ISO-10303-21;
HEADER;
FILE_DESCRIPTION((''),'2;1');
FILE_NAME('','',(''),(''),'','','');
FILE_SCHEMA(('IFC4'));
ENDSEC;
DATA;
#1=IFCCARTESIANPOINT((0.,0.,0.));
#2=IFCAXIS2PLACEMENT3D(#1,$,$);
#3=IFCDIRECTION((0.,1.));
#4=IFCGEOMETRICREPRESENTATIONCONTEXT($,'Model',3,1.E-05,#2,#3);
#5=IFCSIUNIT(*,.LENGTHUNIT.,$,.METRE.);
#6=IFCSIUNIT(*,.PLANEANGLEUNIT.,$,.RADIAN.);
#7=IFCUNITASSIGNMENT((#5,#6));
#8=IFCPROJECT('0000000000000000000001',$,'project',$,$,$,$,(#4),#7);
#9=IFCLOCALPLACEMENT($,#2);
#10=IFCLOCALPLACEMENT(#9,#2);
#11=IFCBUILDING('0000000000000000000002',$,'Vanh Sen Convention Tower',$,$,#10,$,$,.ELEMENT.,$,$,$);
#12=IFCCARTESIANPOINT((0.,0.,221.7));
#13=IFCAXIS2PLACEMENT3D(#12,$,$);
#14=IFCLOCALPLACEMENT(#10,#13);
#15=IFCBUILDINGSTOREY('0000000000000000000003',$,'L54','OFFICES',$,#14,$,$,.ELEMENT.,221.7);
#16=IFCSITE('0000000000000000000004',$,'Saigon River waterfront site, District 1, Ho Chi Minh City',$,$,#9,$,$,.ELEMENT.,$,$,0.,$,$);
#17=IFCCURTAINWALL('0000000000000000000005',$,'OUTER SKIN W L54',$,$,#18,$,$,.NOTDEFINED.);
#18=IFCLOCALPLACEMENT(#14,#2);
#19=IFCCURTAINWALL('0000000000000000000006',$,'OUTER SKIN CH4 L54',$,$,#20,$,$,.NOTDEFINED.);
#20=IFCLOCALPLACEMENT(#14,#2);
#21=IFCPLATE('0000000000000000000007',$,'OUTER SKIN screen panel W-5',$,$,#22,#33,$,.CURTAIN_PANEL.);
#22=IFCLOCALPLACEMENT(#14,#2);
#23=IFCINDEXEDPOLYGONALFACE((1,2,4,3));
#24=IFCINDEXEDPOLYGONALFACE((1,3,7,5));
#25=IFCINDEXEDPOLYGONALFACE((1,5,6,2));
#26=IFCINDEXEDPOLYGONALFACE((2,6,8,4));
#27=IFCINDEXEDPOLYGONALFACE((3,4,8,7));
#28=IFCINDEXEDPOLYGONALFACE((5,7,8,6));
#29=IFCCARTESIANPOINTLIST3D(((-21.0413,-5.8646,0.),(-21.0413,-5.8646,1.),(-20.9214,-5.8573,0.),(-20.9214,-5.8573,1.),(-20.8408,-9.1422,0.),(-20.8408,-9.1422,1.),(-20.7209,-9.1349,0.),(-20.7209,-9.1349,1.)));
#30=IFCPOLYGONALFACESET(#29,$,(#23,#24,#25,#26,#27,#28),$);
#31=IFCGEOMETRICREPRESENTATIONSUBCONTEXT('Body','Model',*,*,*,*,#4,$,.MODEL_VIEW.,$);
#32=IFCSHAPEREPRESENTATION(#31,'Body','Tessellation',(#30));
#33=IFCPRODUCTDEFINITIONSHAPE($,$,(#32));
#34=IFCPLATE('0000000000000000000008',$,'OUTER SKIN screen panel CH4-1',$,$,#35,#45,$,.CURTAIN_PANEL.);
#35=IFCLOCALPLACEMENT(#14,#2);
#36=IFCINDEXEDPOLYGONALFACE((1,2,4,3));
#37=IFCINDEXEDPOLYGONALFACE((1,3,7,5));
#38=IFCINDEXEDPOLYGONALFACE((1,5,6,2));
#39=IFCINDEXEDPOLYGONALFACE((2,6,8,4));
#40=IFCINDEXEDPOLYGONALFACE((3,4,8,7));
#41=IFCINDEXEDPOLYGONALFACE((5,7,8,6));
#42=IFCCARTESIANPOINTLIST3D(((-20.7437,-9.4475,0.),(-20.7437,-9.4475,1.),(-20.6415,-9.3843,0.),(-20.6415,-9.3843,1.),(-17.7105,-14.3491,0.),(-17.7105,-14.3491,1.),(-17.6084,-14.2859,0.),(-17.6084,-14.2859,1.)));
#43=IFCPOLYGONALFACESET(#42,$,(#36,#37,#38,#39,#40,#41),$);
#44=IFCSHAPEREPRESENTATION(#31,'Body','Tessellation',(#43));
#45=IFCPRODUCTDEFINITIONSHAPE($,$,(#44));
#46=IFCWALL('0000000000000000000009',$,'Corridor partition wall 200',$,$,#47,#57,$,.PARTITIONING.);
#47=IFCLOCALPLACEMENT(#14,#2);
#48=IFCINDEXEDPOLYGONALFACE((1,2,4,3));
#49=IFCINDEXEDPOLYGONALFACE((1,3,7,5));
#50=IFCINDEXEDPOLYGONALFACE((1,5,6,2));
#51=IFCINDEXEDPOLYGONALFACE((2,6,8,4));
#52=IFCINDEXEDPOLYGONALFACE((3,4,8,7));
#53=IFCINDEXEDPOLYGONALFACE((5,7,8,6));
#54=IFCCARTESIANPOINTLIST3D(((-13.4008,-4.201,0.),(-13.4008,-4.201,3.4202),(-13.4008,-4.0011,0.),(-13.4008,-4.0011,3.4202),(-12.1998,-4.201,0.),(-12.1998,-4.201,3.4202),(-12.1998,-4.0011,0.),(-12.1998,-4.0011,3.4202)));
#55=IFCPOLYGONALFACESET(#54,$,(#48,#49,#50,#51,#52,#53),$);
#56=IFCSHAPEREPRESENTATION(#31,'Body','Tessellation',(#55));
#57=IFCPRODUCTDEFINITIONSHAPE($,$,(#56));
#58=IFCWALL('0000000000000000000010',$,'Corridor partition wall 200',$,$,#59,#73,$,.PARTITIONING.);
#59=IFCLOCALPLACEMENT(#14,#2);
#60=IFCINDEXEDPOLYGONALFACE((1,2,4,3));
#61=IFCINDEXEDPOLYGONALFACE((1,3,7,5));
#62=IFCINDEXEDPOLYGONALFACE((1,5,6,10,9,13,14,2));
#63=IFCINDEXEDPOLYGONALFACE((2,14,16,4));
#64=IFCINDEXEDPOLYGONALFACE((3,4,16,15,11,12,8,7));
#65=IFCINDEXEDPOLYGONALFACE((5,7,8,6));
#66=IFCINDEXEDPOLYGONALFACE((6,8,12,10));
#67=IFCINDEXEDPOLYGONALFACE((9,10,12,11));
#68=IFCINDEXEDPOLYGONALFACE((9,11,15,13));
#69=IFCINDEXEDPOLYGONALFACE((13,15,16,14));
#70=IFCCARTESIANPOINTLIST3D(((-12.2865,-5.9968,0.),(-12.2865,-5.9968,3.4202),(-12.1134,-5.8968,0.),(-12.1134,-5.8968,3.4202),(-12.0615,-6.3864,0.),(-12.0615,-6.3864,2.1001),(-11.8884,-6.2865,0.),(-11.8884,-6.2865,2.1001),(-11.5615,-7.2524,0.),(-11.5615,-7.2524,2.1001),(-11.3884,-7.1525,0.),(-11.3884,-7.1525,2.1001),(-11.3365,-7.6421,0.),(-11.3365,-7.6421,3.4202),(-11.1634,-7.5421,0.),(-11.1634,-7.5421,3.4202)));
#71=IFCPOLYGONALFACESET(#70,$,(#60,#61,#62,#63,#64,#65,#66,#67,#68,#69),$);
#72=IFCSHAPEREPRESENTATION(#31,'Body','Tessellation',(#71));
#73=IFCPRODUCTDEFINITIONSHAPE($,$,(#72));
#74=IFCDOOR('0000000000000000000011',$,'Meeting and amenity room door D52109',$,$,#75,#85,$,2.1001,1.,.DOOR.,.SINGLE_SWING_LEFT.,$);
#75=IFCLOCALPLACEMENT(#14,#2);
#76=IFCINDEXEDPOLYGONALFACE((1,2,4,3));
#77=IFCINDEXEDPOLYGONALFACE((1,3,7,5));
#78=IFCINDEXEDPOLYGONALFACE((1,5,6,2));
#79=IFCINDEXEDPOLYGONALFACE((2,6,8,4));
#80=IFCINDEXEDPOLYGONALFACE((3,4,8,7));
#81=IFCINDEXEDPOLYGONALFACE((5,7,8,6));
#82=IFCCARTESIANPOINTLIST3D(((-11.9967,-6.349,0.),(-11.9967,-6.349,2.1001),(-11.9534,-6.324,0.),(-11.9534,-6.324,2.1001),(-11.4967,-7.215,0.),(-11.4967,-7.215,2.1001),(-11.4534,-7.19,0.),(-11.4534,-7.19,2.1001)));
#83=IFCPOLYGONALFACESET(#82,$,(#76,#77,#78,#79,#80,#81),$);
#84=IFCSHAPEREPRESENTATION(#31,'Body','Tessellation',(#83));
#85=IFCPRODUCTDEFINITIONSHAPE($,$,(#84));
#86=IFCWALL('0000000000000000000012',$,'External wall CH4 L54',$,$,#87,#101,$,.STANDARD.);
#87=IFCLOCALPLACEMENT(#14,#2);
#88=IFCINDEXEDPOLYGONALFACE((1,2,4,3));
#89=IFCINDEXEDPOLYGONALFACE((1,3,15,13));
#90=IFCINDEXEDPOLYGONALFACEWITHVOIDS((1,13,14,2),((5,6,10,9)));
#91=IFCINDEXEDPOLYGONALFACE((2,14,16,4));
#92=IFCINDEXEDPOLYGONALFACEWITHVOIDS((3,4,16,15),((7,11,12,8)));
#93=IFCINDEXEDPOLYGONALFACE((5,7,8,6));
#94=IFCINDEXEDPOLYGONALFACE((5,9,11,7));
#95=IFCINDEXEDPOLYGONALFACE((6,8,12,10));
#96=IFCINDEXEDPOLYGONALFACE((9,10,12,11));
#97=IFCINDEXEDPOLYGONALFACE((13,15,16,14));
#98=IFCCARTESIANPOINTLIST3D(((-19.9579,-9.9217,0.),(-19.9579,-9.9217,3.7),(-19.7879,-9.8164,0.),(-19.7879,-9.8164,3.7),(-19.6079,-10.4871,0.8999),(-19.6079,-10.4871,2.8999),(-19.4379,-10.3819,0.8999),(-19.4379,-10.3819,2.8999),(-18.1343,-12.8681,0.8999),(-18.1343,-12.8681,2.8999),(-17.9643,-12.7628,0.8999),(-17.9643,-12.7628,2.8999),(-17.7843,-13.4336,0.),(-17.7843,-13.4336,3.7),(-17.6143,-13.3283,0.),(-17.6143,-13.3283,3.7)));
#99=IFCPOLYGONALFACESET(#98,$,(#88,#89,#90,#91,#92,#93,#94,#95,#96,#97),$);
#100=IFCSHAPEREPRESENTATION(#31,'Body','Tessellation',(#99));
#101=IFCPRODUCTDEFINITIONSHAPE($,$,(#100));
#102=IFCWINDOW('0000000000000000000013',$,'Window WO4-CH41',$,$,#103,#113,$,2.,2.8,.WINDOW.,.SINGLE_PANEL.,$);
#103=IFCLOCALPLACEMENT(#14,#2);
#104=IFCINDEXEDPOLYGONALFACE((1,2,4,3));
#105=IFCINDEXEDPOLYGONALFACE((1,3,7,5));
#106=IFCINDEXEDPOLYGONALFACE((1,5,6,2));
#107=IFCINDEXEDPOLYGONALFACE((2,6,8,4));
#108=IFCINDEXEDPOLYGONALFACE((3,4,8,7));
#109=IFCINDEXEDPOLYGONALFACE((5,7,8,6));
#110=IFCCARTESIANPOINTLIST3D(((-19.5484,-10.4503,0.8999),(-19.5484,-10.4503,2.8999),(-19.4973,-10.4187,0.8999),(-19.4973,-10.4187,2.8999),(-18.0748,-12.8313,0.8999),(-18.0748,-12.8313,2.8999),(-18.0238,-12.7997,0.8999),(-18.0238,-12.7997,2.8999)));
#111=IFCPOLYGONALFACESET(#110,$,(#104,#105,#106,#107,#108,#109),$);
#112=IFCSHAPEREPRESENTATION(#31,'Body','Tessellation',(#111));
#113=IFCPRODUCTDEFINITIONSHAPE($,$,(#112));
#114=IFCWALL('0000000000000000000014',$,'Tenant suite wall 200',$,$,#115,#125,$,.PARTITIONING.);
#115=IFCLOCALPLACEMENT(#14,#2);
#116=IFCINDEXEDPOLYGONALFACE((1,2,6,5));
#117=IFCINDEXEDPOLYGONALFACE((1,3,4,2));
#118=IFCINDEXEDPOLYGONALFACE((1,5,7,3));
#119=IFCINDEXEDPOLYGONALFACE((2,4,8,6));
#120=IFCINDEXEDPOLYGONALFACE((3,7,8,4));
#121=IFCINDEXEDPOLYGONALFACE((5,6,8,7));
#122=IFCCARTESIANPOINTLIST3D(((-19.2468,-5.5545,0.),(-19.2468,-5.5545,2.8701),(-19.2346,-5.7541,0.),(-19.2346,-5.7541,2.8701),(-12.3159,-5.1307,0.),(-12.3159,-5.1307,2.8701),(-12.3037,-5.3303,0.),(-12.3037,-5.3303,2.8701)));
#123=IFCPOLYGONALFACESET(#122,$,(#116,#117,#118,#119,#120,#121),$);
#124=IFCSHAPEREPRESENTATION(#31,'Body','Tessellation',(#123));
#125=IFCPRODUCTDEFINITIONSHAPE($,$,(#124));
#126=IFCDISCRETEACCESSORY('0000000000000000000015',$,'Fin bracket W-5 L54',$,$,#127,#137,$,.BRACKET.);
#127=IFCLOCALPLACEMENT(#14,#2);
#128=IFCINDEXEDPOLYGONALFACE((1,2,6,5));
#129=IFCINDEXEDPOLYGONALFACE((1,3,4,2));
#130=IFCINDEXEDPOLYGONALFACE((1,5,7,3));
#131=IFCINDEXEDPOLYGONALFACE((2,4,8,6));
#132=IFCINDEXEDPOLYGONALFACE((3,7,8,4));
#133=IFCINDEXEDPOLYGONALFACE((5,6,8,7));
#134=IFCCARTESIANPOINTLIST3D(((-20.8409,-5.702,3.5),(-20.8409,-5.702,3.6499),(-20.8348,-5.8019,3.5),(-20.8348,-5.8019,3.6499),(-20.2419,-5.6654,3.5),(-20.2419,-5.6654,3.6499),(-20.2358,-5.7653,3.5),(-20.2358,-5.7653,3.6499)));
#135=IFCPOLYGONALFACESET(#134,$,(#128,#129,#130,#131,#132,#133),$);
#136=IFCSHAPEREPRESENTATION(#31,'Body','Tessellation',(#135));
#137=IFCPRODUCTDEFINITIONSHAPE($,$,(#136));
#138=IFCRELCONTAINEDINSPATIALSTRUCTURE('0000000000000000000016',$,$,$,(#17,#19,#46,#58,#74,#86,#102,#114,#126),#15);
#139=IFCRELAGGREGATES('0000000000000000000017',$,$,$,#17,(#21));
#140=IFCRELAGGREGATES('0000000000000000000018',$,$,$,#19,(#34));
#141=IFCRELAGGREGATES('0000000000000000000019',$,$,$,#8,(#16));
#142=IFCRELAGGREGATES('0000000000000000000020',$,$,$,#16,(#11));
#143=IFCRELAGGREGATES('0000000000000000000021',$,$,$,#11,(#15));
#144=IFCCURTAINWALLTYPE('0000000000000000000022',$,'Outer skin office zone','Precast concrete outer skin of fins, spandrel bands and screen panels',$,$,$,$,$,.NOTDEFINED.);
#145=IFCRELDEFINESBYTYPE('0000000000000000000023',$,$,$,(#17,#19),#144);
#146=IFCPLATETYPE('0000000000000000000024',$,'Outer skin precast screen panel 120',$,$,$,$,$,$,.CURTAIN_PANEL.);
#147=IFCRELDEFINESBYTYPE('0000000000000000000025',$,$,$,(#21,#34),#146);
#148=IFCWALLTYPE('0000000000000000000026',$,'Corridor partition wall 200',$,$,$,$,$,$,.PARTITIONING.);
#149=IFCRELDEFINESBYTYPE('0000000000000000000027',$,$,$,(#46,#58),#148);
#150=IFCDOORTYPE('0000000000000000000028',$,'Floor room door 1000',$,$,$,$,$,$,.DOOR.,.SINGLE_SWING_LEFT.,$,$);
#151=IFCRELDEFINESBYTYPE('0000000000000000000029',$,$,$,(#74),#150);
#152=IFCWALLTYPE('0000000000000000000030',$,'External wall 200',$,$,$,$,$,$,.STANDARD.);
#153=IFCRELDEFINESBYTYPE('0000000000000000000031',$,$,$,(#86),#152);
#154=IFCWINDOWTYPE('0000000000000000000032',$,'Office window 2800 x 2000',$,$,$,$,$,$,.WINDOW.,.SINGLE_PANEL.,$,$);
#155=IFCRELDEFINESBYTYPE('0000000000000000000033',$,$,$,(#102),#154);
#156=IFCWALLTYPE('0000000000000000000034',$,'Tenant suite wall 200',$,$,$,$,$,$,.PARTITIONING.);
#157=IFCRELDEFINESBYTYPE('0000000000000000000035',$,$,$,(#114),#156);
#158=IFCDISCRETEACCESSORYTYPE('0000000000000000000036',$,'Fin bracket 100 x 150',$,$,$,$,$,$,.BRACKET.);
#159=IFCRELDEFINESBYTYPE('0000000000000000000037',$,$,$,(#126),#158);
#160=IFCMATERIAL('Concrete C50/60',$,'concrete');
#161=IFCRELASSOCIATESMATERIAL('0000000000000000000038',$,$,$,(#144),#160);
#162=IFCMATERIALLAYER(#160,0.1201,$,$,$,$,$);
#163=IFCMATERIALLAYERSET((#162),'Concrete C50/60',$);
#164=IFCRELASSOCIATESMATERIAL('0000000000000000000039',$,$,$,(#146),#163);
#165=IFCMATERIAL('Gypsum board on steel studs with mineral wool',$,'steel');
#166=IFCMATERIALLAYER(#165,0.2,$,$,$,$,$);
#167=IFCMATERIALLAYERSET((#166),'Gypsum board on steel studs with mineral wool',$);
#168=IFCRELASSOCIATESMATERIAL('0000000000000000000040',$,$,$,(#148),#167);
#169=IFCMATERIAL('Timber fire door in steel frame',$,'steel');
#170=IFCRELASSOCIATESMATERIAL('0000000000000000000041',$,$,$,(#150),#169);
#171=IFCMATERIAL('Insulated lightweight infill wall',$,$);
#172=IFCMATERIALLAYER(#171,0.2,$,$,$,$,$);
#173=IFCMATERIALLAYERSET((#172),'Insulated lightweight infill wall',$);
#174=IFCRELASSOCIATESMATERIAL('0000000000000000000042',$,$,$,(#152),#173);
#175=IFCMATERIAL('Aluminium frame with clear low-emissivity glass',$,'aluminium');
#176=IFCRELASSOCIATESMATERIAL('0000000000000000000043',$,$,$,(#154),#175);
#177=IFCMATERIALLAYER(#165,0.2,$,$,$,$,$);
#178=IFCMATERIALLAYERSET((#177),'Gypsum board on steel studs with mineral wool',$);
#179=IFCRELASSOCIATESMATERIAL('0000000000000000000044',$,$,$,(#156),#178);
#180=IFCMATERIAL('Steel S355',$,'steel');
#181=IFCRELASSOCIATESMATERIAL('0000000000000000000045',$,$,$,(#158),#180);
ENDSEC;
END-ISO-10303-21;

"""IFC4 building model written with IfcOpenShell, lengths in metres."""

from ifc_helpers import new_model, si_unit, direction, frame, frame_2d, origin, origin_2d, place, context, subcontext, project, spatial, rectangle, extrude, material, layer, layer_set, type_object, element, fill, aggregate, save


model = new_model("IFC4")

# Units and contexts
model_context = context("Model", 3, precision=1e-05, world=origin(), true_north=direction((0.0, 1.0)))
body_context = subcontext(model_context, "Body", "Model", "MODEL_VIEW")
ifc_project = project(units=[si_unit("LENGTHUNIT", "METRE"), si_unit("PLANEANGLEUNIT", "RADIAN")], contexts=[model_context])

# Site, building, storey
site_placement = place(None, origin())
site = spatial("IfcSite", under=ifc_project, at=site_placement, Name="Saigon River waterfront site, District 1, Ho Chi Minh City", CompositionType="ELEMENT", RefElevation=0.0)
building_placement = place(site_placement, origin())
building = spatial("IfcBuilding", under=site, at=building_placement, Name="Vanh Sen Convention Tower", CompositionType="ELEMENT")
storey_placement = place(building_placement, frame((0.0, 0.0, 221.7)))
storey = spatial("IfcBuildingStorey", under=building, at=storey_placement, Name="L54", Description="OFFICES", CompositionType="ELEMENT", Elevation=221.7)

# Curtain wall
ifc_material_1 = material(Name="Concrete C50/60", Category="concrete")
curtain_wall_type = type_object("IfcCurtainWallType", Name="Outer skin office zone", Description="Precast concrete outer skin of fins, spandrel bands and screen panels", PredefinedType="NOTDEFINED", material=ifc_material_1)
curtain_wall_1_placement = place(storey_placement, origin())
curtain_wall_1 = element("IfcCurtainWall", 1, at=curtain_wall_1_placement, inside=storey, type_object=curtain_wall_type, Name="OUTER SKIN W L54", PredefinedType="NOTDEFINED")

# Curtain wall
curtain_wall_2_placement = place(storey_placement, origin())
curtain_wall_2 = element("IfcCurtainWall", 2, at=curtain_wall_2_placement, inside=storey, type_object=curtain_wall_type, Name="OUTER SKIN CH4 L54", PredefinedType="NOTDEFINED")

# Plates
ifc_layer_1 = layer(ifc_material_1, 0.1201)
ifc_layer_set_1 = layer_set([ifc_layer_1], Name="Concrete C50/60")
plate_type = type_object("IfcPlateType", Name="Outer skin precast screen panel 120", PredefinedType="CURTAIN_PANEL", material=ifc_layer_set_1)
plate_1_placement = place(storey_placement, frame((-20.8811, -7.4998, 0.0), z_axis=(0.0, 0.0, 1.0), x_axis=(0.061069, -0.998134, 0.0)))
plate_1 = element("IfcPlate", 3, at=plate_1_placement, type_object=plate_type, Name="OUTER SKIN screen panel W-5", PredefinedType="CURTAIN_PANEL", context=body_context, shape_type="SweptSolid", body=[
    extrude(rectangle(XDim=3.2837, YDim=0.1201, at=origin_2d()), origin(), (0.0, 0.0, 1.0), 1.0),
])
aggregate(curtain_wall_1, [plate_1])
plate_2_placement = place(storey_placement, frame((-19.176, -11.8667, 0.0), z_axis=(0.0, 0.0, 1.0), x_axis=(0.526215, -0.850351, 0.0)))
plate_2 = element("IfcPlate", 4, at=plate_2_placement, type_object=plate_type, Name="OUTER SKIN screen panel CH4-1", PredefinedType="CURTAIN_PANEL", context=body_context, shape_type="SweptSolid", body=[
    extrude(rectangle(XDim=5.7642, YDim=0.1201, at=origin_2d()), origin(), (0.0, 0.0, 1.0), 1.0),
])
aggregate(curtain_wall_2, [plate_2])

# Wall
ifc_material_2 = material(Name="Gypsum board on steel studs with mineral wool", Category="steel")
ifc_layer_2 = layer(ifc_material_2, 0.2)
ifc_layer_set_2 = layer_set([ifc_layer_2], Name="Gypsum board on steel studs with mineral wool")
wall_type_1 = type_object("IfcWallType", Name="Corridor partition wall 200", PredefinedType="PARTITIONING", material=ifc_layer_set_2)
wall_1_placement = place(storey_placement, frame((-13.4009, -4.1011, 0.0), z_axis=(0.0, 0.0, 1.0), x_axis=(1.0, 0.0, 0.0)))
element("IfcWall", 5, at=wall_1_placement, inside=storey, type_object=wall_type_1, Name="Corridor partition wall 200", PredefinedType="PARTITIONING", context=body_context, shape_type="SweptSolid", body=[
    extrude(rectangle(XDim=1.2009, YDim=0.2, at=frame_2d((0.6006, 0.0))), origin(), (0.0, 0.0, 1.0), 3.4202),
])

# Wall, opening, door
wall_2_placement = place(storey_placement, frame((-12.2, -5.9468, 0.0), z_axis=(0.0, 0.0, 1.0), x_axis=(0.500023, -0.866012, 0.0)))
wall_2 = element("IfcWall", 6, at=wall_2_placement, inside=storey, type_object=wall_type_1, Name="Corridor partition wall 200", PredefinedType="PARTITIONING", context=body_context, shape_type="SweptSolid", body=[
    extrude(rectangle(XDim=1.8999, YDim=0.2, at=frame_2d((0.95, 0.0))), origin(), (0.0, 0.0, 1.0), 3.4202),
])
opening_1_placement = place(wall_2_placement, frame((0.45, 0.0, 0.0)))
opening_1 = element("IfcOpeningElement", 7, at=opening_1_placement, cuts=wall_2, PredefinedType="OPENING", context=body_context, shape_type="SweptSolid", body=[
    extrude(rectangle(XDim=1.0, YDim=2.1001, at=frame_2d((0.5, 1.05))), frame((0.0, 0.1099, 0.0), z_axis=(0.0, -1.0, 0.0), x_axis=(1.0, 0.0, 0.0)), (0.0, 0.0, 1.0), 0.22),
])
ifc_material_3 = material(Name="Timber fire door in steel frame", Category="steel")
door_type = type_object("IfcDoorType", Name="Floor room door 1000", OperationType="SINGLE_SWING_LEFT", PredefinedType="DOOR", material=ifc_material_3)
door_placement = place(opening_1_placement, origin())
door = element("IfcDoor", 8, at=door_placement, inside=storey, type_object=door_type, Name="Meeting and amenity room door D52109", OperationType="SINGLE_SWING_LEFT", OverallHeight=2.1001, OverallWidth=1.0, PredefinedType="DOOR", context=body_context, shape_type="SweptSolid", body=[
    extrude(rectangle(XDim=1.0, YDim=2.1001, at=frame_2d((0.5, 1.05))), frame((0.0, 0.0249, 0.0), z_axis=(0.0, -1.0, 0.0), x_axis=(1.0, 0.0, 0.0)), (0.0, 0.0, 1.0), 0.05),
])
fill(opening_1, door)

# Wall, opening, window
ifc_material_4 = material(Name="Insulated lightweight infill wall")
ifc_layer_3 = layer(ifc_material_4, 0.2)
ifc_layer_set_3 = layer_set([ifc_layer_3], Name="Insulated lightweight infill wall")
wall_type_2 = type_object("IfcWallType", Name="External wall 200", PredefinedType="STANDARD", material=ifc_layer_set_3)
wall_3_placement = place(storey_placement, frame((-19.8728, -9.8691, 0.0), z_axis=(0.0, 0.0, 1.0), x_axis=(0.526269, -0.850318, 0.0)))
wall_3 = element("IfcWall", 9, at=wall_3_placement, inside=storey, type_object=wall_type_2, Name="External wall CH4 L54", PredefinedType="STANDARD", context=body_context, shape_type="SweptSolid", body=[
    extrude(rectangle(XDim=4.1301, YDim=0.2, at=frame_2d((2.0649, 0.0))), origin(), (0.0, 0.0, 1.0), 3.7),
])
opening_2_placement = place(wall_3_placement, frame((0.665, 0.0, 0.8999)))
opening_2 = element("IfcOpeningElement", 10, at=opening_2_placement, cuts=wall_3, PredefinedType="OPENING", context=body_context, shape_type="SweptSolid", body=[
    extrude(rectangle(XDim=2.8, YDim=2.0, at=frame_2d((1.3999, 1.0))), frame((0.0, 0.1099, 0.0), z_axis=(0.0, -1.0, 0.0), x_axis=(1.0, 0.0, 0.0)), (0.0, 0.0, 1.0), 0.22),
])
ifc_material_5 = material(Name="Aluminium frame with clear low-emissivity glass", Category="aluminium")
window_type = type_object("IfcWindowType", Name="Office window 2800 x 2000", PartitioningType="SINGLE_PANEL", PredefinedType="WINDOW", material=ifc_material_5)
window_placement = place(opening_2_placement, origin())
window = element("IfcWindow", 11, at=window_placement, inside=storey, type_object=window_type, Name="Window WO4-CH41", OverallHeight=2.0, OverallWidth=2.8, PartitioningType="SINGLE_PANEL", PredefinedType="WINDOW", context=body_context, shape_type="SweptSolid", body=[
    extrude(rectangle(XDim=2.8, YDim=2.0, at=frame_2d((1.3999, 1.0))), frame((0.0, 0.03, 0.0), z_axis=(0.0, -1.0, 0.0), x_axis=(1.0, 0.0, 0.0)), (0.0, 0.0, 1.0), 0.0601),
])
fill(opening_2, window)

# Wall
ifc_layer_4 = layer(ifc_material_2, 0.2)
ifc_layer_set_4 = layer_set([ifc_layer_4], Name="Gypsum board on steel studs with mineral wool")
wall_type_3 = type_object("IfcWallType", Name="Tenant suite wall 200", PredefinedType="PARTITIONING", material=ifc_layer_set_4)
wall_4_placement = place(storey_placement, frame((-19.2407, -5.6543, 0.0), z_axis=(0.0, 0.0, 1.0), x_axis=(0.998136, 0.061036, 0.0)))
element("IfcWall", 12, at=wall_4_placement, inside=storey, type_object=wall_type_3, Name="Tenant suite wall 200", PredefinedType="PARTITIONING", context=body_context, shape_type="SweptSolid", body=[
    extrude(rectangle(XDim=6.9438, YDim=0.2, at=frame_2d((3.4719, 0.0))), origin(), (0.0, 0.0, 1.0), 2.8701),
])

# Discrete accessory
ifc_material_6 = material(Name="Steel S355", Category="steel")
discrete_accessory_type = type_object("IfcDiscreteAccessoryType", Name="Fin bracket 100 x 150", PredefinedType="BRACKET", material=ifc_material_6)
discrete_accessory_placement = place(storey_placement, frame((-20.5383, -5.7336, 3.5), z_axis=(0.0, 0.0, 1.0), x_axis=(-0.998135, -0.061049, 0.0)))
element("IfcDiscreteAccessory", 13, at=discrete_accessory_placement, inside=storey, type_object=discrete_accessory_type, Name="Fin bracket W-5 L54", PredefinedType="BRACKET", context=body_context, shape_type="SweptSolid", body=[
    extrude(rectangle(XDim=0.6001, YDim=0.1001, at=origin_2d()), origin(), (0.0, 0.0, 1.0), 0.1499),
])

save(model, "model.ifc")
